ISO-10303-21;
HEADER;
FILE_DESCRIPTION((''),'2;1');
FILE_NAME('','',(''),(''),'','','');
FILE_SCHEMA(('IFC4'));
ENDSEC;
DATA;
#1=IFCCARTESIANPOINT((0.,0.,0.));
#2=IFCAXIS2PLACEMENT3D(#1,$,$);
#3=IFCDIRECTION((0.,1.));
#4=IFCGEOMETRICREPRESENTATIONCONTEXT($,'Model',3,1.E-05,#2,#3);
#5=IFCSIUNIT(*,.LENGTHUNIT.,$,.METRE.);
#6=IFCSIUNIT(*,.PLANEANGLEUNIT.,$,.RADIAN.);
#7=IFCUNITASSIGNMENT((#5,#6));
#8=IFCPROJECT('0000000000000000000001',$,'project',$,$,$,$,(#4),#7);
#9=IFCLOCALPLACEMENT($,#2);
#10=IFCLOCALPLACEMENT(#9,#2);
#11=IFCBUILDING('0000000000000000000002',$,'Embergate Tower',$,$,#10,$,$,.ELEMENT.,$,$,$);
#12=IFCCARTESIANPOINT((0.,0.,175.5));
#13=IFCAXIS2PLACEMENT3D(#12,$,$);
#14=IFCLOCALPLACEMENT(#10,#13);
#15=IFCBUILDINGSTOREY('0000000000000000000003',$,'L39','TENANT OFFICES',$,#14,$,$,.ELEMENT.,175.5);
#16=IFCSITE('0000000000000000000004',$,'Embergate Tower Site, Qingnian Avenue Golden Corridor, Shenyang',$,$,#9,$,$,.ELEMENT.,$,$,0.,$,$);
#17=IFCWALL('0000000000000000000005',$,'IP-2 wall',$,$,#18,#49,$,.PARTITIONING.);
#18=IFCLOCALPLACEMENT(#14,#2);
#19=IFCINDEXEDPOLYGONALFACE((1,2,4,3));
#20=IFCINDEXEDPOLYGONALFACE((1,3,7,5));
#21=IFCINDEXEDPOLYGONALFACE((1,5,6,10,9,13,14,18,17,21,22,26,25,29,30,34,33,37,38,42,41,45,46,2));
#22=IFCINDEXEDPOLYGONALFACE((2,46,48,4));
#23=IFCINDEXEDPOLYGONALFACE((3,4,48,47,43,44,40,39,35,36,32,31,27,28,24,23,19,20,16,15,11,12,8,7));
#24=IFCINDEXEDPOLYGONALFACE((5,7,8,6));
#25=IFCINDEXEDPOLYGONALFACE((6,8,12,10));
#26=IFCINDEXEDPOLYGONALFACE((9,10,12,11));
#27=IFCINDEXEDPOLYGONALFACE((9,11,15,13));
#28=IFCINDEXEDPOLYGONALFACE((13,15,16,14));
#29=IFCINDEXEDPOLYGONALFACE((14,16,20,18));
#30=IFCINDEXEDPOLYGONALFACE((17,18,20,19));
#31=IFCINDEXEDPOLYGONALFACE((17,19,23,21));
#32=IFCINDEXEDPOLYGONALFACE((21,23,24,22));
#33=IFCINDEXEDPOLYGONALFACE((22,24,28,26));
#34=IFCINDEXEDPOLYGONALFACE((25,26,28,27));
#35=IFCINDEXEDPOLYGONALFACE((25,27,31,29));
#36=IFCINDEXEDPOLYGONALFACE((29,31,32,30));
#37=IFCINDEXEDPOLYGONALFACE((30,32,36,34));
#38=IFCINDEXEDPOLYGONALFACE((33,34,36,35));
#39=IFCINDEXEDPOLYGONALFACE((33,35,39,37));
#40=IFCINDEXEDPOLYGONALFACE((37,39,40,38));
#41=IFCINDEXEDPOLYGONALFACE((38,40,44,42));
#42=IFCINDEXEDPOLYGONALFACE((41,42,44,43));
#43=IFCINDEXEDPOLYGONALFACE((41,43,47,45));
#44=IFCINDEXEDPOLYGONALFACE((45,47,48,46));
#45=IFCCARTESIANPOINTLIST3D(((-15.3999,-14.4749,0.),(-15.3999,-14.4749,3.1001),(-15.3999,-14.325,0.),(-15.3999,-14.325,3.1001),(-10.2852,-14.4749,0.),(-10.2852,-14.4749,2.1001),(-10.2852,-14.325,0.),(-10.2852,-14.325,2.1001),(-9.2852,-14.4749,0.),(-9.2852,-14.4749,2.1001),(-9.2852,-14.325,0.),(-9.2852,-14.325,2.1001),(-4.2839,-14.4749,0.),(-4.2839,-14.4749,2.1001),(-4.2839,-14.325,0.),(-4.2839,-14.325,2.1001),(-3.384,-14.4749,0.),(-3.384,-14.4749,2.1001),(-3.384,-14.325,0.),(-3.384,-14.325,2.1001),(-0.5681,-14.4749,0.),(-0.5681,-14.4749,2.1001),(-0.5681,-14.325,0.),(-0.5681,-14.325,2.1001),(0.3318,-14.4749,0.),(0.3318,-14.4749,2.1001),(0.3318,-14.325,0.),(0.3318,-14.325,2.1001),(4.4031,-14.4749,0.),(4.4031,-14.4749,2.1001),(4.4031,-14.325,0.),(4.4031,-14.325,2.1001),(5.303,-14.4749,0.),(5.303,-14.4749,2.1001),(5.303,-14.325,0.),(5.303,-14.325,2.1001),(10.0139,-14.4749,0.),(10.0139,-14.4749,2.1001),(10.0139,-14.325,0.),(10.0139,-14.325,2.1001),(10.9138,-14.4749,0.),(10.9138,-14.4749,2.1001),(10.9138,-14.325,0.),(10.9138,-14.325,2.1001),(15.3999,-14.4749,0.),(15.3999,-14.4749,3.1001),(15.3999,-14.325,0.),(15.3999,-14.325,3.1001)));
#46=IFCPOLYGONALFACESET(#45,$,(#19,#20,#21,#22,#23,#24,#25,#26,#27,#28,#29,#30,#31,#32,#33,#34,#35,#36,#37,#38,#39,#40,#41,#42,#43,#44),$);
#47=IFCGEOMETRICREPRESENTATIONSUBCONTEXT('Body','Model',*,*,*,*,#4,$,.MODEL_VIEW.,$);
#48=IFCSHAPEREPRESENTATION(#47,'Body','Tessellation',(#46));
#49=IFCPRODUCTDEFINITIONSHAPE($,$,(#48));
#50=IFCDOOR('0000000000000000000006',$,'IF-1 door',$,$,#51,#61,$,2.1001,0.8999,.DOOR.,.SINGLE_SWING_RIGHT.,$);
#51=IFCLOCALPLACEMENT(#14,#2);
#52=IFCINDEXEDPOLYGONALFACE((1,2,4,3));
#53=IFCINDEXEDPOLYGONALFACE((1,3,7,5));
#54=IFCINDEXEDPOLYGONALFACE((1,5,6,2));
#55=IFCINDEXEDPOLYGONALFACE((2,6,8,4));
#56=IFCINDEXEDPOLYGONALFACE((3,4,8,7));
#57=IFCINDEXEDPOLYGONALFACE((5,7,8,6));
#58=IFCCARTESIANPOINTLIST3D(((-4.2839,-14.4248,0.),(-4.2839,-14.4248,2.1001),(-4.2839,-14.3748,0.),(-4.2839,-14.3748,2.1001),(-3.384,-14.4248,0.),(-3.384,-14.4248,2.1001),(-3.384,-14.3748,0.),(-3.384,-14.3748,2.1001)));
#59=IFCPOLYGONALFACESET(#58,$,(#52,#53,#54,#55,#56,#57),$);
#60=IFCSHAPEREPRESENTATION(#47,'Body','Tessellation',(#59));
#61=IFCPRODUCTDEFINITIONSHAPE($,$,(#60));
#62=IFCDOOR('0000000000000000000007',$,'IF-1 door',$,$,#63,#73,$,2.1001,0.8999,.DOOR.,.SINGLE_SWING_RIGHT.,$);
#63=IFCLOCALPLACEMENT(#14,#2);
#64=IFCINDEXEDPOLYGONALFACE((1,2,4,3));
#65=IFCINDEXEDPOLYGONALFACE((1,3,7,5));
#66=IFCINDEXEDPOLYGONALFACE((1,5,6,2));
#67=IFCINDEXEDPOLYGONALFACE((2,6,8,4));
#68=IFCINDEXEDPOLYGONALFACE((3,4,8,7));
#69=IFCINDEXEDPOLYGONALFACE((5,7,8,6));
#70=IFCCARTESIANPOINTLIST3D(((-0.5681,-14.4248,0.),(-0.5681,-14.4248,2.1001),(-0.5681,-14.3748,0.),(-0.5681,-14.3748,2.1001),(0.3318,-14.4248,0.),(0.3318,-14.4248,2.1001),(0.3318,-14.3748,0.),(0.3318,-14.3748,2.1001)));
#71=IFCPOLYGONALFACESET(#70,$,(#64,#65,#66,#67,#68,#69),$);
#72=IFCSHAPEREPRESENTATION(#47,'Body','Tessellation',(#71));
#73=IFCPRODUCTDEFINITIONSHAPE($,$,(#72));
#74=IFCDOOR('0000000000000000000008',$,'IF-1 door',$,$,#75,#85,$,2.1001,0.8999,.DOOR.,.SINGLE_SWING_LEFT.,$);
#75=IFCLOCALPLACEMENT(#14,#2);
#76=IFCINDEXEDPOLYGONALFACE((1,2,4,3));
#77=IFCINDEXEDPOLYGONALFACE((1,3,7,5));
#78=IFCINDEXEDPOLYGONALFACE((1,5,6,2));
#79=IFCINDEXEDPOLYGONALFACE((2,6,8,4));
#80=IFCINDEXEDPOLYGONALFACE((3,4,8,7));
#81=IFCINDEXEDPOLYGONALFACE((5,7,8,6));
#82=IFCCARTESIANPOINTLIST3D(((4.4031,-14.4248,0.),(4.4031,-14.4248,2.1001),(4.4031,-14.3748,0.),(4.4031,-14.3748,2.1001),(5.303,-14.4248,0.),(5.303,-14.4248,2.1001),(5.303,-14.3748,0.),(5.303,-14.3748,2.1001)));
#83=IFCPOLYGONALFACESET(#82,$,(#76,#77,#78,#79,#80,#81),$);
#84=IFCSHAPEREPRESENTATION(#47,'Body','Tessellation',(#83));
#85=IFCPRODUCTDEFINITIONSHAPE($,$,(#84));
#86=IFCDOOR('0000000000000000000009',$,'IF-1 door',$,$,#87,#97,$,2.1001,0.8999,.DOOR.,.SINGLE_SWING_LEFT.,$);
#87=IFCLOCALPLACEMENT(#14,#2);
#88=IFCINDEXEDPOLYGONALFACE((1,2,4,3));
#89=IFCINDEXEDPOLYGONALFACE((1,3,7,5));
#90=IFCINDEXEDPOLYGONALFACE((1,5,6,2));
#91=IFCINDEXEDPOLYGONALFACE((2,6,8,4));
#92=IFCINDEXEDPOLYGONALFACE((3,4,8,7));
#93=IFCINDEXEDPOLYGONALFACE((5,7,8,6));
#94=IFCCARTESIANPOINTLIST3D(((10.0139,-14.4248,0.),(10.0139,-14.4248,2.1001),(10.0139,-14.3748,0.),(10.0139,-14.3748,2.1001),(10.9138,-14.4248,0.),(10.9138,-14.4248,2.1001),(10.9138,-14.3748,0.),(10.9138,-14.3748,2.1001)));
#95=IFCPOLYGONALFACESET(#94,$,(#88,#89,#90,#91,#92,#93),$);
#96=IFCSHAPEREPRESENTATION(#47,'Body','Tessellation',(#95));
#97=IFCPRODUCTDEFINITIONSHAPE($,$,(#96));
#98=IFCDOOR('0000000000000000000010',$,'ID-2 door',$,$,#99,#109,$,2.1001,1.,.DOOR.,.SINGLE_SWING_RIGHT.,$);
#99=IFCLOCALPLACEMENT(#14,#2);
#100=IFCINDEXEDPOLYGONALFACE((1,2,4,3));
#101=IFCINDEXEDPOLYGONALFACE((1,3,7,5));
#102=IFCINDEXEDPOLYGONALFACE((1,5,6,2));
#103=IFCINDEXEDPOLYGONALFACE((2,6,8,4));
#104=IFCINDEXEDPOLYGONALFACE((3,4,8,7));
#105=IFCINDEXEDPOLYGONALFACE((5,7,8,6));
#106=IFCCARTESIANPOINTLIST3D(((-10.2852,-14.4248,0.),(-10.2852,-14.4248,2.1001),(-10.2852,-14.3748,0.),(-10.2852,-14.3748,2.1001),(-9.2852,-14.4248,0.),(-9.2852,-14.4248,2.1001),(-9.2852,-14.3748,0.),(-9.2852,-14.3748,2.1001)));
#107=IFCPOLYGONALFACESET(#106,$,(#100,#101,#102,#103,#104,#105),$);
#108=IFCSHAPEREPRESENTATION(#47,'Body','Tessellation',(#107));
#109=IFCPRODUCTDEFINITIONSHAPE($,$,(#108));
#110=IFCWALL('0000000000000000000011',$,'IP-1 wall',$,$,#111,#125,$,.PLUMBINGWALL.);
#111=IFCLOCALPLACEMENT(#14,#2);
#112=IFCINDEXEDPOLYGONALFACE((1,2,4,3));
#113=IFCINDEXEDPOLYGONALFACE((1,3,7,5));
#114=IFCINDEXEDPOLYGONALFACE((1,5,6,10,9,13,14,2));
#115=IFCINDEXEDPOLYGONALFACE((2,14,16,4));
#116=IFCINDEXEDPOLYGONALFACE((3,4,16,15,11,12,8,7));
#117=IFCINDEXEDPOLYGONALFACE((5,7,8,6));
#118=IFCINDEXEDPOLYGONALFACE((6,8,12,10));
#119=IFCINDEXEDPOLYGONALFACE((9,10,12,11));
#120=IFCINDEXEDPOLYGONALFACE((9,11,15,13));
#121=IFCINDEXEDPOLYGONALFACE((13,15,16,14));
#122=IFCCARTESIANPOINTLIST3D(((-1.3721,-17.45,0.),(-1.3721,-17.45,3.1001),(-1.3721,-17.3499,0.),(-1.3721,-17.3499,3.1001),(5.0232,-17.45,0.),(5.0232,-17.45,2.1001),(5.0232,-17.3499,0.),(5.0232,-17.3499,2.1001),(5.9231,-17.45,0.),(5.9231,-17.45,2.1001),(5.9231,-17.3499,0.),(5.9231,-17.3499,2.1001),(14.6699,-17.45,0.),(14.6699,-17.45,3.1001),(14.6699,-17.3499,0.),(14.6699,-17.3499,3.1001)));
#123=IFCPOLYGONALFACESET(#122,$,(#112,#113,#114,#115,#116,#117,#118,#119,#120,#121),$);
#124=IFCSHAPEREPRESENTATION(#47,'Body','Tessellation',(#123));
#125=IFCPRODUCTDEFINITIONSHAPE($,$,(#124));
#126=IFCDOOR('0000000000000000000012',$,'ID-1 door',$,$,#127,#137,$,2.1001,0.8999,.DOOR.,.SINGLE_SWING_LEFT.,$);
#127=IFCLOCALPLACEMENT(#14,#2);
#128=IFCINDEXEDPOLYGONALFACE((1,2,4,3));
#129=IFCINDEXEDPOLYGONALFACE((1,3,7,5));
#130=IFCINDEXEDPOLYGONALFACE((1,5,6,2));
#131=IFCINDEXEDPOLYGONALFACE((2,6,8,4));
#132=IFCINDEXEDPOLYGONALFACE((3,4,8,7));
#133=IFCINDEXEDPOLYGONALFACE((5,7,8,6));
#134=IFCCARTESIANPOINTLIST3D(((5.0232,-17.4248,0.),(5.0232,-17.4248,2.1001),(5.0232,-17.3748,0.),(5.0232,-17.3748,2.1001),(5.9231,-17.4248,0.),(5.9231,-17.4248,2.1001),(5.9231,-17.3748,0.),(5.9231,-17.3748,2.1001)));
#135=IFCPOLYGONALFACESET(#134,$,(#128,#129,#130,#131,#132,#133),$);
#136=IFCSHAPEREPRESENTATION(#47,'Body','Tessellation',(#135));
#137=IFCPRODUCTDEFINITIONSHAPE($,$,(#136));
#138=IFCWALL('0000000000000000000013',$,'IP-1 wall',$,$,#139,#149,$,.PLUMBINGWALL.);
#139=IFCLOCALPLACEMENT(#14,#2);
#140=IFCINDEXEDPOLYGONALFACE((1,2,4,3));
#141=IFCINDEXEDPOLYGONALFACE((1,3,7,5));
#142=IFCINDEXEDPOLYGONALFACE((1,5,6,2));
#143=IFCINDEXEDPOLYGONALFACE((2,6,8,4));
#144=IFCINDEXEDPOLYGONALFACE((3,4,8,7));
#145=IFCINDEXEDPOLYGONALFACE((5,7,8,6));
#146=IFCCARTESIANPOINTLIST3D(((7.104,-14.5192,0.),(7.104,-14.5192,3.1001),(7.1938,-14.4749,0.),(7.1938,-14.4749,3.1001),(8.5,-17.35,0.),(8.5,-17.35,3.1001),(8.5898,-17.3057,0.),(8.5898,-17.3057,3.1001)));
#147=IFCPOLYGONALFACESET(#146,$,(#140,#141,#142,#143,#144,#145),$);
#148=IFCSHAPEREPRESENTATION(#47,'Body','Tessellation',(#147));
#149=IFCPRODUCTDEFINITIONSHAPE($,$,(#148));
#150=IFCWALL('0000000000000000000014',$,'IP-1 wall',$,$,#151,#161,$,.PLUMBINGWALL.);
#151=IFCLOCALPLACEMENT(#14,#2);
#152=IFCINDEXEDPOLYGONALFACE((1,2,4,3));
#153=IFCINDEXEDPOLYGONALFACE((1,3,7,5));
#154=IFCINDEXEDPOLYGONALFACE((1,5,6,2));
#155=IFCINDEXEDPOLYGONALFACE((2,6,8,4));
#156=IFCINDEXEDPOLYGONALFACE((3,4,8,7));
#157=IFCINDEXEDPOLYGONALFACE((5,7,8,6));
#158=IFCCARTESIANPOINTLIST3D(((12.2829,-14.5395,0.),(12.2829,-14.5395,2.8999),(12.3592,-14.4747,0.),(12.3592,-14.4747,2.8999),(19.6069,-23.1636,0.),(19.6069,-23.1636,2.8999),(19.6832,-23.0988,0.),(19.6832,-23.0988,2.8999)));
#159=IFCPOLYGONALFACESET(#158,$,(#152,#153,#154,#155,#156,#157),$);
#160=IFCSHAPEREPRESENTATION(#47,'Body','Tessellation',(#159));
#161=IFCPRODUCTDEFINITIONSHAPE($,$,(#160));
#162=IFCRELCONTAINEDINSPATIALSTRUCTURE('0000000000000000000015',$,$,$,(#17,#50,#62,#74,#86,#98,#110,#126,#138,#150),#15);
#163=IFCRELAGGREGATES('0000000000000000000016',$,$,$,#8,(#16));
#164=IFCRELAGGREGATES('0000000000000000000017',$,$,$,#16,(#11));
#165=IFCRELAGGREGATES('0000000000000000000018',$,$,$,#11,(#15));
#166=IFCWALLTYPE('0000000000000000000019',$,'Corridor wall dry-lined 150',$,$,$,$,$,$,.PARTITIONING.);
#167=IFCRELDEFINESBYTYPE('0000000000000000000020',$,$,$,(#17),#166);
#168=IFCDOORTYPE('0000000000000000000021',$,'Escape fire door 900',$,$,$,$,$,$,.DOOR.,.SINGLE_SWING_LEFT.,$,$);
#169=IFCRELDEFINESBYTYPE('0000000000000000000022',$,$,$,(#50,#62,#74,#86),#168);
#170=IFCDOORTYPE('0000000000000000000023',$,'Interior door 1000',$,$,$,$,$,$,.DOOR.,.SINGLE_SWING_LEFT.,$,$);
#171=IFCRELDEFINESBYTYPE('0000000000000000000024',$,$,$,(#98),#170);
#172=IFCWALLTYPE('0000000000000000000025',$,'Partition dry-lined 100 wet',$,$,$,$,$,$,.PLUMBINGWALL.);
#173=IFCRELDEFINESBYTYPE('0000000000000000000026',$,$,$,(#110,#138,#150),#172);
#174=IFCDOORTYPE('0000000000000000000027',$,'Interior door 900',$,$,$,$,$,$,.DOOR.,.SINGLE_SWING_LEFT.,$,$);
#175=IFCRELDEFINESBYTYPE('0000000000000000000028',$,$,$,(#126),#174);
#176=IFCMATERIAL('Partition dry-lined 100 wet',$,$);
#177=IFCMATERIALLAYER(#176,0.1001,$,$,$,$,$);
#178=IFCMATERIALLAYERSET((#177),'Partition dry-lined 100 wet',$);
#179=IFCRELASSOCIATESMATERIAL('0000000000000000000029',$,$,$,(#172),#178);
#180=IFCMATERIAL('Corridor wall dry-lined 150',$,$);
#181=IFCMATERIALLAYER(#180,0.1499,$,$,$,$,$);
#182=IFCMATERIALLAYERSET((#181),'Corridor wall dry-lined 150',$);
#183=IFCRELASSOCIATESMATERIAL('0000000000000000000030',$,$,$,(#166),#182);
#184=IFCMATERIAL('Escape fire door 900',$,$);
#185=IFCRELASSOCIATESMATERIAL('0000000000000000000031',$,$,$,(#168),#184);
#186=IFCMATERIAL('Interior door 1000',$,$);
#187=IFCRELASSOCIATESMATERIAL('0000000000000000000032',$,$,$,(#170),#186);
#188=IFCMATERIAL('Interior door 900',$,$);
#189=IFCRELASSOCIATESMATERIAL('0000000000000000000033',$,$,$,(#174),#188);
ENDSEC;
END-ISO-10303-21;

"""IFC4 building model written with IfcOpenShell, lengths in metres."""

from ifc_helpers import new_model, si_unit, direction, frame, frame_2d, origin, place, context, subcontext, project, spatial, rectangle, extrude, source, transform, mapped, material, layer, layer_set, type_object, element, fill, save


model = new_model("IFC4")

# Units and contexts
model_context = context("Model", 3, precision=1e-05, world=origin(), true_north=direction((0.0, 1.0)))
body_context = subcontext(model_context, "Body", "Model", "MODEL_VIEW")
ifc_project = project(units=[si_unit("LENGTHUNIT", "METRE"), si_unit("PLANEANGLEUNIT", "RADIAN")], contexts=[model_context])

# Site, building, storey
site_placement = place(None, origin())
site = spatial("IfcSite", under=ifc_project, at=site_placement, Name="Embergate Tower Site, Qingnian Avenue Golden Corridor, Shenyang", CompositionType="ELEMENT", RefElevation=0.0)
building_placement = place(site_placement, origin())
building = spatial("IfcBuilding", under=site, at=building_placement, Name="Embergate Tower", CompositionType="ELEMENT")
storey_placement = place(building_placement, frame((0.0, 0.0, 175.5)))
storey = spatial("IfcBuildingStorey", under=building, at=storey_placement, Name="L39", Description="TENANT OFFICES", CompositionType="ELEMENT", Elevation=175.5)

# Shared definitions
shared_shape_1 = source(origin(), body_context, "Body", "SweptSolid", [
    extrude(rectangle(XDim=1.0, YDim=2.1001, at=frame_2d((0.5, 1.05))), frame((0.0, 0.0249, 0.0), z_axis=(0.0, -1.0, 0.0), x_axis=(1.0, 0.0, 0.0)), (0.0, 0.0, 1.0), 0.05),
])

# Shared definitions
ifc_material_1 = material(Name="Partition dry-lined 100 wet")
ifc_layer_1 = layer(ifc_material_1, 0.1001)
ifc_layer_set_1 = layer_set([ifc_layer_1], Name="Partition dry-lined 100 wet")
wall_type_1 = type_object("IfcWallType", Name="Partition dry-lined 100 wet", PredefinedType="PLUMBINGWALL", material=ifc_layer_set_1)

# Wall, openings, doors
ifc_material_2 = material(Name="Corridor wall dry-lined 150")
ifc_layer_2 = layer(ifc_material_2, 0.1499)
ifc_layer_set_2 = layer_set([ifc_layer_2], Name="Corridor wall dry-lined 150")
wall_type_2 = type_object("IfcWallType", Name="Corridor wall dry-lined 150", PredefinedType="PARTITIONING", material=ifc_layer_set_2)
shared_shape_2 = source(origin(), body_context, "Body", "SweptSolid", [
    extrude(rectangle(XDim=30.7998, YDim=0.1499, at=frame_2d((15.3999, 0.0))), origin(), (0.0, 0.0, 1.0), 3.1001),
])
wall_1_placement = place(storey_placement, frame((15.3999, -14.3999, 0.0), z_axis=(0.0, 0.0, 1.0), x_axis=(-1.0, 0.0, 0.0)))
wall_1 = element("IfcWall", 1, at=wall_1_placement, inside=storey, type_object=wall_type_2, Name="IP-2 wall", PredefinedType="PARTITIONING", context=body_context, shape_type="MappedRepresentation", body=[
    mapped(shared_shape_2, transform((0.0, 0.0, 0.0))),
])
shared_shape_3 = source(origin(), body_context, "Body", "SweptSolid", [
    extrude(rectangle(XDim=1.0, YDim=2.1001, at=frame_2d((0.5, 1.05))), frame((0.0, 0.085, 0.0), z_axis=(0.0, -1.0, 0.0), x_axis=(1.0, 0.0, 0.0)), (0.0, 0.0, 1.0), 0.1699),
])
opening_1_placement = place(wall_1_placement, frame((24.6851, 0.0, 0.0)))
opening_1 = element("IfcOpeningElement", 2, at=opening_1_placement, cuts=wall_1, PredefinedType="OPENING", context=body_context, shape_type="MappedRepresentation", body=[
    mapped(shared_shape_3, transform((0.0, 0.0, 0.0))),
])
shared_shape_4 = source(origin(), body_context, "Body", "SweptSolid", [
    extrude(rectangle(XDim=0.8999, YDim=2.1001, at=frame_2d((0.45, 1.05))), frame((0.0, 0.085, 0.0), z_axis=(0.0, -1.0, 0.0), x_axis=(1.0, 0.0, 0.0)), (0.0, 0.0, 1.0), 0.1699),
])
opening_2_placement = place(wall_1_placement, frame((18.7839, 0.0, 0.0)))
opening_2 = element("IfcOpeningElement", 3, at=opening_2_placement, cuts=wall_1, PredefinedType="OPENING", context=body_context, shape_type="MappedRepresentation", body=[
    mapped(shared_shape_4, transform((0.0, 0.0, 0.0))),
])
opening_3_placement = place(wall_1_placement, frame((15.0681, 0.0, 0.0)))
opening_3 = element("IfcOpeningElement", 4, at=opening_3_placement, cuts=wall_1, PredefinedType="OPENING", context=body_context, shape_type="MappedRepresentation", body=[
    mapped(shared_shape_4, transform((0.0, 0.0, 0.0))),
])
opening_4_placement = place(wall_1_placement, frame((10.0969, 0.0, 0.0)))
opening_4 = element("IfcOpeningElement", 5, at=opening_4_placement, cuts=wall_1, PredefinedType="OPENING", context=body_context, shape_type="MappedRepresentation", body=[
    mapped(shared_shape_4, transform((0.0, 0.0, 0.0))),
])
opening_5_placement = place(wall_1_placement, frame((4.4861, 0.0, 0.0)))
opening_5 = element("IfcOpeningElement", 6, at=opening_5_placement, cuts=wall_1, PredefinedType="OPENING", context=body_context, shape_type="MappedRepresentation", body=[
    mapped(shared_shape_4, transform((0.0, 0.0, 0.0))),
])
ifc_material_3 = material(Name="Escape fire door 900")
door_type_1 = type_object("IfcDoorType", Name="Escape fire door 900", OperationType="SINGLE_SWING_LEFT", PredefinedType="DOOR", material=ifc_material_3)
shared_shape_5 = source(origin(), body_context, "Body", "SweptSolid", [
    extrude(rectangle(XDim=0.8999, YDim=2.1001, at=frame_2d((0.45, 1.05))), frame((0.0, 0.0249, 0.0), z_axis=(0.0, -1.0, 0.0), x_axis=(1.0, 0.0, 0.0)), (0.0, 0.0, 1.0), 0.05),
])
door_1_placement = place(opening_2_placement, origin())
door_1 = element("IfcDoor", 7, at=door_1_placement, inside=storey, type_object=door_type_1, Name="IF-1 door", OperationType="SINGLE_SWING_RIGHT", OverallHeight=2.1001, OverallWidth=0.8999, PredefinedType="DOOR", context=body_context, shape_type="MappedRepresentation", body=[
    mapped(shared_shape_5, transform((0.0, 0.0, 0.0))),
])
fill(opening_2, door_1)
door_2_placement = place(opening_3_placement, origin())
door_2 = element("IfcDoor", 8, at=door_2_placement, inside=storey, type_object=door_type_1, Name="IF-1 door", OperationType="SINGLE_SWING_RIGHT", OverallHeight=2.1001, OverallWidth=0.8999, PredefinedType="DOOR", context=body_context, shape_type="MappedRepresentation", body=[
    mapped(shared_shape_5, transform((0.0, 0.0, 0.0))),
])
fill(opening_3, door_2)
door_3_placement = place(opening_4_placement, origin())
door_3 = element("IfcDoor", 9, at=door_3_placement, inside=storey, type_object=door_type_1, Name="IF-1 door", OperationType="SINGLE_SWING_LEFT", OverallHeight=2.1001, OverallWidth=0.8999, PredefinedType="DOOR", context=body_context, shape_type="MappedRepresentation", body=[
    mapped(shared_shape_5, transform((0.0, 0.0, 0.0))),
])
fill(opening_4, door_3)
door_4_placement = place(opening_5_placement, origin())
door_4 = element("IfcDoor", 10, at=door_4_placement, inside=storey, type_object=door_type_1, Name="IF-1 door", OperationType="SINGLE_SWING_LEFT", OverallHeight=2.1001, OverallWidth=0.8999, PredefinedType="DOOR", context=body_context, shape_type="MappedRepresentation", body=[
    mapped(shared_shape_5, transform((0.0, 0.0, 0.0))),
])
fill(opening_5, door_4)
ifc_material_4 = material(Name="Interior door 1000")
door_type_2 = type_object("IfcDoorType", Name="Interior door 1000", OperationType="SINGLE_SWING_LEFT", PredefinedType="DOOR", material=ifc_material_4)
door_5_placement = place(opening_1_placement, origin())
door_5 = element("IfcDoor", 11, at=door_5_placement, inside=storey, type_object=door_type_2, Name="ID-2 door", OperationType="SINGLE_SWING_RIGHT", OverallHeight=2.1001, OverallWidth=1.0, PredefinedType="DOOR", context=body_context, shape_type="MappedRepresentation", body=[
    mapped(shared_shape_1, transform((0.0, 0.0, 0.0))),
])
fill(opening_1, door_5)

# Wall, opening, door
shared_shape_6 = source(origin(), body_context, "Body", "SweptSolid", [
    extrude(rectangle(XDim=16.042, YDim=0.1001, at=frame_2d((8.021, 0.0))), origin(), (0.0, 0.0, 1.0), 3.1001),
])
wall_2_placement = place(storey_placement, frame((14.6699, -17.3999, 0.0), z_axis=(0.0, 0.0, 1.0), x_axis=(-1.0, 0.0, 0.0)))
wall_2 = element("IfcWall", 12, at=wall_2_placement, inside=storey, type_object=wall_type_1, Name="IP-1 wall", PredefinedType="PLUMBINGWALL", context=body_context, shape_type="MappedRepresentation", body=[
    mapped(shared_shape_6, transform((0.0, 0.0, 0.0))),
])
shared_shape_7 = source(origin(), body_context, "Body", "SweptSolid", [
    extrude(rectangle(XDim=0.8999, YDim=2.1001, at=frame_2d((0.45, 1.05))), frame((0.0, 0.0601, 0.0), z_axis=(0.0, -1.0, 0.0), x_axis=(1.0, 0.0, 0.0)), (0.0, 0.0, 1.0), 0.1201),
])
opening_6_placement = place(wall_2_placement, frame((8.7468, 0.0, 0.0)))
opening_6 = element("IfcOpeningElement", 13, at=opening_6_placement, cuts=wall_2, PredefinedType="OPENING", context=body_context, shape_type="MappedRepresentation", body=[
    mapped(shared_shape_7, transform((0.0, 0.0, 0.0))),
])
ifc_material_5 = material(Name="Interior door 900")
door_type_3 = type_object("IfcDoorType", Name="Interior door 900", OperationType="SINGLE_SWING_LEFT", PredefinedType="DOOR", material=ifc_material_5)
door_6_placement = place(opening_6_placement, origin())
door_6 = element("IfcDoor", 14, at=door_6_placement, inside=storey, type_object=door_type_3, Name="ID-1 door", OperationType="SINGLE_SWING_LEFT", OverallHeight=2.1001, OverallWidth=0.8999, PredefinedType="DOOR", context=body_context, shape_type="MappedRepresentation", body=[
    mapped(shared_shape_5, transform((0.0, 0.0, 0.0))),
])
fill(opening_6, door_6)

# Walls
shared_shape_8 = source(origin(), body_context, "Body", "SweptSolid", [
    extrude(rectangle(XDim=3.1562, YDim=0.1001, at=frame_2d((1.5781, 0.0))), origin(), (0.0, 0.0, 1.0), 3.1001),
])
wall_3_placement = place(storey_placement, frame((7.1489, -14.4971, 0.0), z_axis=(0.0, 0.0, 1.0), x_axis=(0.442287, -0.896873, 0.0)))
element("IfcWall", 15, at=wall_3_placement, inside=storey, type_object=wall_type_1, Name="IP-1 wall", PredefinedType="PLUMBINGWALL", context=body_context, shape_type="MappedRepresentation", body=[
    mapped(shared_shape_8, transform((0.0, 0.0, 0.0))),
])
shared_shape_9 = source(origin(), body_context, "Body", "SweptSolid", [
    extrude(rectangle(XDim=11.3145, YDim=0.1001, at=frame_2d((5.6572, 0.0))), origin(), (0.0, 0.0, 1.0), 2.8999),
])
wall_4_placement = place(storey_placement, frame((12.321, -14.5071, 0.0), z_axis=(0.0, 0.0, 1.0), x_axis=(0.647318, -0.76222, 0.0)))
element("IfcWall", 16, at=wall_4_placement, inside=storey, type_object=wall_type_1, Name="IP-1 wall", PredefinedType="PLUMBINGWALL", context=body_context, shape_type="MappedRepresentation", body=[
    mapped(shared_shape_9, transform((0.0, 0.0, 0.0))),
])

save(model, "model.ifc")
